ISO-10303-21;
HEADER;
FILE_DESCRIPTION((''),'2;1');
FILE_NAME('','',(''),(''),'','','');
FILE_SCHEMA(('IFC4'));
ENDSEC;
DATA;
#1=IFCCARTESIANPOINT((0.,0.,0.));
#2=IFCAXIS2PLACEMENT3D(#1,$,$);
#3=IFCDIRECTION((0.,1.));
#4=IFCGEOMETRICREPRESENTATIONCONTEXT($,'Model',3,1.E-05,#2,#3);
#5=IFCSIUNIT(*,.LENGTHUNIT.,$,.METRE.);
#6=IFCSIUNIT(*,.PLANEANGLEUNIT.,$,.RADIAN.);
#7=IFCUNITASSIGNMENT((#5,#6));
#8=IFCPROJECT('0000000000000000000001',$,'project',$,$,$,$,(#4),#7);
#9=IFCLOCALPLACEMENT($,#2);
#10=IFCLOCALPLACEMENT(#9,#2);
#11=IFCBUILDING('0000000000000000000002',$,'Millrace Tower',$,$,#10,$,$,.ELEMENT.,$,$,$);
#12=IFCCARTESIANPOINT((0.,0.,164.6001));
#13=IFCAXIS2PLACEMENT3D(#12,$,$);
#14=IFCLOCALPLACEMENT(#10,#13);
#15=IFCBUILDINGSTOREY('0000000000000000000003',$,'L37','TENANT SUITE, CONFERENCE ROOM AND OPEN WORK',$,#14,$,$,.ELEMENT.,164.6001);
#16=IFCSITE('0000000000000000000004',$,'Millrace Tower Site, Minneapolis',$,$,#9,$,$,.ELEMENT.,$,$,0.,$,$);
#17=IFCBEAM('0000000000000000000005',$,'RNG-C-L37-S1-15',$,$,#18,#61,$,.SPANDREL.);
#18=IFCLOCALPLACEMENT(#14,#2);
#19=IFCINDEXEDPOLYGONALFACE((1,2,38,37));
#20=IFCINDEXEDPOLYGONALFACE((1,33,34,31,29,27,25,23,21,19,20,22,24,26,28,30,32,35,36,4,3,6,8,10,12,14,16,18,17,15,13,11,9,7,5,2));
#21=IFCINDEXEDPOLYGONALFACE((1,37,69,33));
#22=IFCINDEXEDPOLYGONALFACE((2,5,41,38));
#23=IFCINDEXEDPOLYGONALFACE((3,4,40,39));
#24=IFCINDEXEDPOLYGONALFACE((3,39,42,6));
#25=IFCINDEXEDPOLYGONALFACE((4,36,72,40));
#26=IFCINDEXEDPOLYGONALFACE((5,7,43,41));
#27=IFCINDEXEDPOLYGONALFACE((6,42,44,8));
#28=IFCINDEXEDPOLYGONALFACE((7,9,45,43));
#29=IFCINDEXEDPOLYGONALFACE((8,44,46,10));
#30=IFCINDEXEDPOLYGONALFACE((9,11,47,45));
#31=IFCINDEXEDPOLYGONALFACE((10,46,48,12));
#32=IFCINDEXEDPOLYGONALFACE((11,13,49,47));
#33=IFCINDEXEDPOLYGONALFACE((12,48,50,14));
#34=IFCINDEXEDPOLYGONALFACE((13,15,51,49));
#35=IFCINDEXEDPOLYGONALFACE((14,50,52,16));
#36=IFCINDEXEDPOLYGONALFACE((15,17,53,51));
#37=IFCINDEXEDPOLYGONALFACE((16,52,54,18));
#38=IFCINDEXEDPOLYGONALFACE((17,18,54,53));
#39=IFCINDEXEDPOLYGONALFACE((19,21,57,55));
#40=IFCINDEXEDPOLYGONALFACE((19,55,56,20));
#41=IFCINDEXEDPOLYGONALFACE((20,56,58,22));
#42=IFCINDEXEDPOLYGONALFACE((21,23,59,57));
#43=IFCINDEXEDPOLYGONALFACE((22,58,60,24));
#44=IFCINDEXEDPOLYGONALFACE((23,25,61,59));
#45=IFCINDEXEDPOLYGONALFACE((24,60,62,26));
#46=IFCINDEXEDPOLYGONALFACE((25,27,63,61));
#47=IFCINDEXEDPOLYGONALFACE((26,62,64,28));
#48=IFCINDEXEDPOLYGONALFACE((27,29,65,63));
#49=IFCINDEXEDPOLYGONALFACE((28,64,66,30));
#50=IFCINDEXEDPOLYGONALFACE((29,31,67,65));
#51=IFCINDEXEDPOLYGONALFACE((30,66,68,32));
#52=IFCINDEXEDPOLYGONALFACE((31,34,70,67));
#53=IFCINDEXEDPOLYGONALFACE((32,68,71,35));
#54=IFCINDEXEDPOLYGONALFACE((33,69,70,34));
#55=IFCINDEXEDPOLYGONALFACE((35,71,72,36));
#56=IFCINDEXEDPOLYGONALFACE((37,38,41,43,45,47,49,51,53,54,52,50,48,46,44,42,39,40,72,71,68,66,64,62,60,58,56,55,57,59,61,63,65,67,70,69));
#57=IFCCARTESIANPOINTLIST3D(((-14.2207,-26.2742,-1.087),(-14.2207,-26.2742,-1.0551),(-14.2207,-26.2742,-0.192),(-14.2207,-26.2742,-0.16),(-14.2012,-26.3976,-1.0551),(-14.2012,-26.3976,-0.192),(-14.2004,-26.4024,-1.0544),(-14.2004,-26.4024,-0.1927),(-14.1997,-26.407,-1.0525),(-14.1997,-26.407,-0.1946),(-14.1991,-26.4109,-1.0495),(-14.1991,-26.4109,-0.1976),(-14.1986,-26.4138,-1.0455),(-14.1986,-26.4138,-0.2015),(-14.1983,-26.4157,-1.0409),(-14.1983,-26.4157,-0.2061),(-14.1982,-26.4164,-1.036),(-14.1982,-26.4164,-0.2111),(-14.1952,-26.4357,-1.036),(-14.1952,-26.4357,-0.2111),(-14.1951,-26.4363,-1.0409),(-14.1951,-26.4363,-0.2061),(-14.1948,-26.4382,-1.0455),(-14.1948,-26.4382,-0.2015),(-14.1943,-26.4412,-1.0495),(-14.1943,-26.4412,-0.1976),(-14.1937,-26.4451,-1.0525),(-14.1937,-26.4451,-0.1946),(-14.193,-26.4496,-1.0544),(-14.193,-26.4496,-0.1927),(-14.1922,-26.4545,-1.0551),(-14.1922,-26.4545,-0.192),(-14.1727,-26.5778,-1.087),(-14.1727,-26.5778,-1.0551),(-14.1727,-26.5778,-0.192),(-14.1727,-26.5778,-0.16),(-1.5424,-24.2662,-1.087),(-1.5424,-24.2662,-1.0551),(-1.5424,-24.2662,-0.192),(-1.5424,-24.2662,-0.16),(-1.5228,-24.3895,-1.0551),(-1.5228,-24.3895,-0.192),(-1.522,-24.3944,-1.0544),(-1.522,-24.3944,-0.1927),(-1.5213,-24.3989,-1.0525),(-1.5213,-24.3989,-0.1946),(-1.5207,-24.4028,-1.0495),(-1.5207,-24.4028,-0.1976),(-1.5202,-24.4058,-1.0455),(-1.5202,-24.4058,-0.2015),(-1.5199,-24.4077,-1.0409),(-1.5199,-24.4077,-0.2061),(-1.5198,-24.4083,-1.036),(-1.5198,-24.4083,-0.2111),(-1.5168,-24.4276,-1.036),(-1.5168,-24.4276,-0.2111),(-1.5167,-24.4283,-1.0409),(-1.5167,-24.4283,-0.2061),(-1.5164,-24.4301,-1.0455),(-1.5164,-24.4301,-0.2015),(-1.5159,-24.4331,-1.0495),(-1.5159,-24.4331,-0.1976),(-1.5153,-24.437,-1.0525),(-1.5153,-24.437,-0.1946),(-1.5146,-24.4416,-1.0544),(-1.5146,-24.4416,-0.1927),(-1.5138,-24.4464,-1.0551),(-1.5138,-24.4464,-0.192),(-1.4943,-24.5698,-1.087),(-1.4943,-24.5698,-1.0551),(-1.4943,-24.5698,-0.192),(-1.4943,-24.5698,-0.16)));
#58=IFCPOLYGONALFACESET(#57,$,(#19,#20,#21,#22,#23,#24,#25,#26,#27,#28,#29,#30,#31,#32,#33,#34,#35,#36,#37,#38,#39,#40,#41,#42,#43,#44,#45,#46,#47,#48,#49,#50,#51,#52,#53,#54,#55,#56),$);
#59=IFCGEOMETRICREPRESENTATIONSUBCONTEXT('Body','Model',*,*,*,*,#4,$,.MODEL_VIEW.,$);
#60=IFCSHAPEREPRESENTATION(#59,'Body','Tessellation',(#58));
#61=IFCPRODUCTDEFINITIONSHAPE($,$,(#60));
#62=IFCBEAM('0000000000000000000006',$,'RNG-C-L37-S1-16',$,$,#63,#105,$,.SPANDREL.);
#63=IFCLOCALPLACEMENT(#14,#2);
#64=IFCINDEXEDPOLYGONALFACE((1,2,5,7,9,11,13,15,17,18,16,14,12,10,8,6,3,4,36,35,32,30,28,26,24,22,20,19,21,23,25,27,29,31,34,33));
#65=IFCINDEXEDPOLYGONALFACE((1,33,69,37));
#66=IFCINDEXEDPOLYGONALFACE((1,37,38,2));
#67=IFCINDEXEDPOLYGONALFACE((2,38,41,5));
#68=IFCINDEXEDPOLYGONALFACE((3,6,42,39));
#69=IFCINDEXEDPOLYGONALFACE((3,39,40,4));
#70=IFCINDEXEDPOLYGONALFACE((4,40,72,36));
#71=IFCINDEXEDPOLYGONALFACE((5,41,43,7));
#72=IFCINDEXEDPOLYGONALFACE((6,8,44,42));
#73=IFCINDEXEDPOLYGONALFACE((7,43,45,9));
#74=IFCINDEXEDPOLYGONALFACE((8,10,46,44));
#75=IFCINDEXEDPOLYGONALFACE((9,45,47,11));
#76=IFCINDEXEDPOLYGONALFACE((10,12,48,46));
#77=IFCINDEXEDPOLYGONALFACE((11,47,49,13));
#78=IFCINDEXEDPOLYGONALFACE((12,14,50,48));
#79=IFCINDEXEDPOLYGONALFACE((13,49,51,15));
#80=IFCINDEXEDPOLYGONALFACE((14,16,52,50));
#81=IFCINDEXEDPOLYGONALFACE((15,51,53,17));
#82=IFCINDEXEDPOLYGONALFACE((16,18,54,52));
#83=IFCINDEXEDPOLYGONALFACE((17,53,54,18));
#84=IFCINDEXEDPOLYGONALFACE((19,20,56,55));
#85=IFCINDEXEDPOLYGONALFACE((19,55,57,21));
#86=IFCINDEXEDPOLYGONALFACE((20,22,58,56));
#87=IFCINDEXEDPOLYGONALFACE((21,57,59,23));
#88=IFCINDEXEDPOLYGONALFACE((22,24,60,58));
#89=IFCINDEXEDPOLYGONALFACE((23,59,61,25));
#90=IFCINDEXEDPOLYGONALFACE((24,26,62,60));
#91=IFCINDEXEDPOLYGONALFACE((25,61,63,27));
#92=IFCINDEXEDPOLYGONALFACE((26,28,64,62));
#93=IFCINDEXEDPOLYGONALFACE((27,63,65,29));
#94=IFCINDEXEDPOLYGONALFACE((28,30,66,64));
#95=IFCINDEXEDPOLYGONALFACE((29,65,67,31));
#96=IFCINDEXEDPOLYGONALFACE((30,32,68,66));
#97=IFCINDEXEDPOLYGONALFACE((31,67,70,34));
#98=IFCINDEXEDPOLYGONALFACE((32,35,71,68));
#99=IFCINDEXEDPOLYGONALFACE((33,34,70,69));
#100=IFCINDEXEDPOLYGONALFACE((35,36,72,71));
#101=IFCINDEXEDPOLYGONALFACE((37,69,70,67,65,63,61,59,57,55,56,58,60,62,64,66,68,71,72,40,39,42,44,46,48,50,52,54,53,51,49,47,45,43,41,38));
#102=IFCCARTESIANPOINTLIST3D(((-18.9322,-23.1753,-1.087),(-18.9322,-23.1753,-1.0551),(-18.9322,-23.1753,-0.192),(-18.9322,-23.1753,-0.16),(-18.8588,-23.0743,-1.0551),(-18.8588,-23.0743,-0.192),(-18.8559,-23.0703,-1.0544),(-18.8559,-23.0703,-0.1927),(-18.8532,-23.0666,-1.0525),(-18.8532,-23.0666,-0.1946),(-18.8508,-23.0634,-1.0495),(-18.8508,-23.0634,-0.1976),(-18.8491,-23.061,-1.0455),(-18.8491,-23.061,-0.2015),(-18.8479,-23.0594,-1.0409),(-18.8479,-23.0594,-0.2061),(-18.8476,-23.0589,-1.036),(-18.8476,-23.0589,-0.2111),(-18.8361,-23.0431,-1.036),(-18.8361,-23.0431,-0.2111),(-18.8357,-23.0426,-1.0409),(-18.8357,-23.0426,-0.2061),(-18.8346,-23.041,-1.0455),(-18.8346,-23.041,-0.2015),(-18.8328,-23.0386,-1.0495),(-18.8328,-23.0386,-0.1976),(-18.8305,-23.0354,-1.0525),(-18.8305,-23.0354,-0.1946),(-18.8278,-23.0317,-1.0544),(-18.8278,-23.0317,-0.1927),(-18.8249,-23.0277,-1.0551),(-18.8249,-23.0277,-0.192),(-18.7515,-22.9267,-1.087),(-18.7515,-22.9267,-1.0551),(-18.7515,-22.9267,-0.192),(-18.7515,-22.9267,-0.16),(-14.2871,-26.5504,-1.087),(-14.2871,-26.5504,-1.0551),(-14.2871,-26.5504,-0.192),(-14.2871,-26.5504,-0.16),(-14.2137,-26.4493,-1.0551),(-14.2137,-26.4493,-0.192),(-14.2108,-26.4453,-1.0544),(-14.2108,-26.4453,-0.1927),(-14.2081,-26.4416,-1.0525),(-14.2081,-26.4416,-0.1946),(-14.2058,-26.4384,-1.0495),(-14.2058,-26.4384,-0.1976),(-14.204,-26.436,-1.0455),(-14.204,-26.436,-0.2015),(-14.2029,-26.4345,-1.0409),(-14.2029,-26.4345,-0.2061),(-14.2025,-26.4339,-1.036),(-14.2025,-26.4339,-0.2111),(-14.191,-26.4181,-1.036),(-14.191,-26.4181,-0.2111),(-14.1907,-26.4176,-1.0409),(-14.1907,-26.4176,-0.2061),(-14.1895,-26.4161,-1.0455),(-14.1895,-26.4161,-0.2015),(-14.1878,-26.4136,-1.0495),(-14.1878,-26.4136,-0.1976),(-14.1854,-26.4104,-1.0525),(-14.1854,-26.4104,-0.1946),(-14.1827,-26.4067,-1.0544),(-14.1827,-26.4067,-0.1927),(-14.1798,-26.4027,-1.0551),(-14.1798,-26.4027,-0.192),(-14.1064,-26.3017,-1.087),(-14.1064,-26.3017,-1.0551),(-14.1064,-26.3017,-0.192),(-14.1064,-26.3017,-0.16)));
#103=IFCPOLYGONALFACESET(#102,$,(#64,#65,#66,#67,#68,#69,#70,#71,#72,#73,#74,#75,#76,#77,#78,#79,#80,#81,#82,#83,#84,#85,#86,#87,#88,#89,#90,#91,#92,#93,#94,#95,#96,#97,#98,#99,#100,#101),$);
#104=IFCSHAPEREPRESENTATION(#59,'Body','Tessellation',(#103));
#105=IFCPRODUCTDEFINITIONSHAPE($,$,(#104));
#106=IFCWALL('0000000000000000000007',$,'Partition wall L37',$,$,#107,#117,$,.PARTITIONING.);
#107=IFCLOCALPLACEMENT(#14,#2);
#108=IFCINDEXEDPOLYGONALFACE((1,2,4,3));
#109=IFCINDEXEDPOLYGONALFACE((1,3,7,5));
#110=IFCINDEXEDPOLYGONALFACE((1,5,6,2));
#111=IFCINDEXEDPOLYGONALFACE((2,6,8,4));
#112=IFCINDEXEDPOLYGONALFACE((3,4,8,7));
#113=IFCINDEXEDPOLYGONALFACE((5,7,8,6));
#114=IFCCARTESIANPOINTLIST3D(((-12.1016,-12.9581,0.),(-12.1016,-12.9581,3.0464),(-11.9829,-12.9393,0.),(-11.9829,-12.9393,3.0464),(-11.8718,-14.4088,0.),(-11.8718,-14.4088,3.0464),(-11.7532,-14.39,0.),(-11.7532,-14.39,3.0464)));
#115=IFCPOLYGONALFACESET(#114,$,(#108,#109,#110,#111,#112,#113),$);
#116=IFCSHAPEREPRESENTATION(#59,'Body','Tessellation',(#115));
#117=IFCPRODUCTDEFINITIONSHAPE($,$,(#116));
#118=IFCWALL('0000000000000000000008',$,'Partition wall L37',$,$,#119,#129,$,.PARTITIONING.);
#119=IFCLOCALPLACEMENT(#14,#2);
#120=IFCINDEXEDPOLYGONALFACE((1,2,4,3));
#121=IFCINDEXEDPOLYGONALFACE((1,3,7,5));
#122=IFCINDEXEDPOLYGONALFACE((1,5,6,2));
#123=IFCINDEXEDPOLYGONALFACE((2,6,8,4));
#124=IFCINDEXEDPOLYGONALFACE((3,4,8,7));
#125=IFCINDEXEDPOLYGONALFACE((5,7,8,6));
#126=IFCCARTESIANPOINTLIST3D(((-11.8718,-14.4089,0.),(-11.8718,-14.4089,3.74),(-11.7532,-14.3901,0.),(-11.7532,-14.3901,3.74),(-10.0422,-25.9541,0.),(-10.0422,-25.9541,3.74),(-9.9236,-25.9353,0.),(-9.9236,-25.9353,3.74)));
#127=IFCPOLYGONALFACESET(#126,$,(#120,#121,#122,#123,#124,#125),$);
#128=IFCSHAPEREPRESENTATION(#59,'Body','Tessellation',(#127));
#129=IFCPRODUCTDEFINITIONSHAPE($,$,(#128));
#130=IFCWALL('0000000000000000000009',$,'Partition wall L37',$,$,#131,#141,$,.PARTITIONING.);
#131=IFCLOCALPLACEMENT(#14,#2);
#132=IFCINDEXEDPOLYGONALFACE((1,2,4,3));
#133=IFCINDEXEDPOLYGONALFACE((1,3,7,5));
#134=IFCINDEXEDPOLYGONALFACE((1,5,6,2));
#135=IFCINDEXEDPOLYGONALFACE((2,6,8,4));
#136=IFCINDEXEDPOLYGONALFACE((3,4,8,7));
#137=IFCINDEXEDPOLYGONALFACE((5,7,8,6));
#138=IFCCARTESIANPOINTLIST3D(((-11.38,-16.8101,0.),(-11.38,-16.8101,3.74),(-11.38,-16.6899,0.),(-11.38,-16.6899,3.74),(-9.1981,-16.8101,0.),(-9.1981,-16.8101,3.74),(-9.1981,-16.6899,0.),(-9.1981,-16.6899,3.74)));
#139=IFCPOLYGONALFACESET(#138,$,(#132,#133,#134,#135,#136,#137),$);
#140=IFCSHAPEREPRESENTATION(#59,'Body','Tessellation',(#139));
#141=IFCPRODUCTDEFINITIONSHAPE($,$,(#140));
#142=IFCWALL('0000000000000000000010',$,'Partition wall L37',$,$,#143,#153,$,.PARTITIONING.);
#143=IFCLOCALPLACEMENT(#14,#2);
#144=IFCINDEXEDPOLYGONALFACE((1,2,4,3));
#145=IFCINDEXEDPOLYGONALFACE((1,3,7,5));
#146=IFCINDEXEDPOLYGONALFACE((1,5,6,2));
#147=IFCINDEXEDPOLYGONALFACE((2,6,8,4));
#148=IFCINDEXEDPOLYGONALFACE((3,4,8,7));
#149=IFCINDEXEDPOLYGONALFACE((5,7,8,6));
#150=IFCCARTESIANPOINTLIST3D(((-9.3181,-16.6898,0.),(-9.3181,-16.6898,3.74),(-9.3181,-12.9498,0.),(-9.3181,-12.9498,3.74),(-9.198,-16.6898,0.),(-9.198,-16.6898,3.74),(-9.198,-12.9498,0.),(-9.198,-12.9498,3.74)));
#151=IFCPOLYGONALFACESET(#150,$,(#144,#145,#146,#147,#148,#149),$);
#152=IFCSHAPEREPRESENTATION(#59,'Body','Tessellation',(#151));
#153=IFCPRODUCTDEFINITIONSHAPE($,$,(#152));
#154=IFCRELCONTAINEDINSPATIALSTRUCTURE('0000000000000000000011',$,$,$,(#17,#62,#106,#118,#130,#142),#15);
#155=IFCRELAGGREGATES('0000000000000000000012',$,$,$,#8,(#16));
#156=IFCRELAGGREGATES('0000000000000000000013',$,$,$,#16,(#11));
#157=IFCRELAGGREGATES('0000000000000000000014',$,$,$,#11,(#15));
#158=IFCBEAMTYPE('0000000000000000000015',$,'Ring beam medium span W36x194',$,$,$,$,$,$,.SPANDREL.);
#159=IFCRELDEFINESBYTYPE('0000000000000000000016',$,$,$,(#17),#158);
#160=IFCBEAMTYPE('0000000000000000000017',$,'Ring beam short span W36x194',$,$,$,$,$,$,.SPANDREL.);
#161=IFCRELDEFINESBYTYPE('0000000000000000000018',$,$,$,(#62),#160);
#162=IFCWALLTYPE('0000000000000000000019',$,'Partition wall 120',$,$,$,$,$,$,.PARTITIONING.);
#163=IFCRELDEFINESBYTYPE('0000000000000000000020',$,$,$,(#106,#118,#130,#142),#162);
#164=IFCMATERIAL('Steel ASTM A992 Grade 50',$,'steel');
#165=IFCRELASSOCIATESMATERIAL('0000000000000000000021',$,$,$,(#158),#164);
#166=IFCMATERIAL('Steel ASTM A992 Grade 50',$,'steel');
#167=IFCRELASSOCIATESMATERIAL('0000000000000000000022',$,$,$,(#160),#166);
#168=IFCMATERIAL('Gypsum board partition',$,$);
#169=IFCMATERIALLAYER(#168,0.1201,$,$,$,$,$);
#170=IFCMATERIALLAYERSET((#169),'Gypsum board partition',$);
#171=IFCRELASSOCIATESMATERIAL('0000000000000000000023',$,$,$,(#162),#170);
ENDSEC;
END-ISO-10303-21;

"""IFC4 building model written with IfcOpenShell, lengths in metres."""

from ifc_helpers import new_model, si_unit, direction, frame, frame_2d, origin, origin_2d, place, context, subcontext, project, spatial, rectangle, i_section, extrude, material, layer, layer_set, material_profile, profile_set, type_object, element, save


model = new_model("IFC4")

# Units and contexts
model_context = context("Model", 3, precision=1e-05, world=origin(), true_north=direction((0.0, 1.0)))
body_context = subcontext(model_context, "Body", "Model", "MODEL_VIEW")
ifc_project = project(units=[si_unit("LENGTHUNIT", "METRE"), si_unit("PLANEANGLEUNIT", "RADIAN")], contexts=[model_context])

# Site, building, storey
site_placement = place(None, origin())
site = spatial("IfcSite", under=ifc_project, at=site_placement, Name="Millrace Tower Site, Minneapolis", CompositionType="ELEMENT", RefElevation=0.0)
building_placement = place(site_placement, origin())
building = spatial("IfcBuilding", under=site, at=building_placement, Name="Millrace Tower", CompositionType="ELEMENT")
storey_placement = place(building_placement, frame((0.0, 0.0, 164.6001)))
storey = spatial("IfcBuildingStorey", under=building, at=storey_placement, Name="L37", Description="TENANT SUITE, CONFERENCE ROOM AND OPEN WORK", CompositionType="ELEMENT", Elevation=164.6001)

# Beams
ifc_material_1 = material(Name="Steel ASTM A992 Grade 50", Category="steel")
ifc_material_profile_1 = material_profile(ifc_material_1, i_section(OverallWidth=0.3074, OverallDepth=0.927, WebThickness=0.0195, FlangeThickness=0.032, FilletRadius=0.019, at=origin_2d()))
ifc_profile_set_1 = profile_set([ifc_material_profile_1], Name="Steel ASTM A992 Grade 50")
beam_type_1 = type_object("IfcBeamType", Name="Ring beam medium span W36x194", PredefinedType="SPANDREL", material=ifc_profile_set_1)
beam_1_placement = place(storey_placement, frame((-1.5183, -24.418, -0.6235), z_axis=(-0.987689, -0.156433, 0.0), x_axis=(0.156433, -0.987689, 0.0)))
element("IfcBeam", 1, at=beam_1_placement, inside=storey, type_object=beam_type_1, Name="RNG-C-L37-S1-15", PredefinedType="SPANDREL", context=body_context, shape_type="SweptSolid", body=[
    extrude(i_section(OverallWidth=0.3074, OverallDepth=0.927, WebThickness=0.0195, FlangeThickness=0.032, FilletRadius=0.019, at=origin_2d()), origin(), (0.0, 0.0, 1.0), 12.8364),
])
ifc_material_2 = material(Name="Steel ASTM A992 Grade 50", Category="steel")
ifc_material_profile_2 = material_profile(ifc_material_2, i_section(OverallWidth=0.3074, OverallDepth=0.927, WebThickness=0.0195, FlangeThickness=0.032, FilletRadius=0.019, at=origin_2d()))
ifc_profile_set_2 = profile_set([ifc_material_profile_2], Name="Steel ASTM A992 Grade 50")
beam_type_2 = type_object("IfcBeamType", Name="Ring beam short span W36x194", PredefinedType="SPANDREL", material=ifc_profile_set_2)
beam_2_placement = place(storey_placement, frame((-14.1968, -26.426, -0.6235), z_axis=(-0.809001, 0.587808, 0.0), x_axis=(-0.587808, -0.809001, 0.0)))
element("IfcBeam", 2, at=beam_2_placement, inside=storey, type_object=beam_type_2, Name="RNG-C-L37-S1-16", PredefinedType="SPANDREL", context=body_context, shape_type="SweptSolid", body=[
    extrude(i_section(OverallWidth=0.3074, OverallDepth=0.927, WebThickness=0.0195, FlangeThickness=0.032, FilletRadius=0.019, at=origin_2d()), origin(), (0.0, 0.0, 1.0), 5.7417),
])

# Walls
ifc_material_3 = material(Name="Gypsum board partition")
ifc_layer_1 = layer(ifc_material_3, 0.1201)
ifc_layer_set_1 = layer_set([ifc_layer_1], Name="Gypsum board partition")
wall_type = type_object("IfcWallType", Name="Partition wall 120", PredefinedType="PARTITIONING", material=ifc_layer_set_1)
wall_1_placement = place(storey_placement, frame((-12.0422, -12.9487, 0.0), z_axis=(0.0, 0.0, 1.0), x_axis=(0.156415, -0.987691, 0.0)))
element("IfcWall", 3, at=wall_1_placement, inside=storey, type_object=wall_type, Name="Partition wall L37", PredefinedType="PARTITIONING", context=body_context, shape_type="SweptSolid", body=[
    extrude(rectangle(XDim=1.4688, YDim=0.1201, at=frame_2d((0.7344, 0.0))), origin(), (0.0, 0.0, 1.0), 3.0464),
])
wall_2_placement = place(storey_placement, frame((-11.8125, -14.3994, 0.0), z_axis=(0.0, 0.0, 1.0), x_axis=(0.156519, -0.987675, 0.0)))
element("IfcWall", 4, at=wall_2_placement, inside=storey, type_object=wall_type, Name="Partition wall L37", PredefinedType="PARTITIONING", context=body_context, shape_type="SweptSolid", body=[
    extrude(rectangle(XDim=11.6892, YDim=0.1201, at=frame_2d((5.8447, 0.0))), origin(), (0.0, 0.0, 1.0), 3.74),
])
wall_3_placement = place(storey_placement, frame((-11.3799, -16.75, 0.0), z_axis=(0.0, 0.0, 1.0), x_axis=(1.0, 0.0, 0.0)))
element("IfcWall", 5, at=wall_3_placement, inside=storey, type_object=wall_type, Name="Partition wall L37", PredefinedType="PARTITIONING", context=body_context, shape_type="SweptSolid", body=[
    extrude(rectangle(XDim=2.1819, YDim=0.1201, at=frame_2d((1.0908, 0.0))), origin(), (0.0, 0.0, 1.0), 3.74),
])
wall_4_placement = place(storey_placement, frame((-9.2581, -16.6899, 0.0), z_axis=(0.0, 0.0, 1.0), x_axis=(0.0, 1.0, 0.0)))
element("IfcWall", 6, at=wall_4_placement, inside=storey, type_object=wall_type, Name="Partition wall L37", PredefinedType="PARTITIONING", context=body_context, shape_type="SweptSolid", body=[
    extrude(rectangle(XDim=3.74, YDim=0.1201, at=frame_2d((1.8701, 0.0))), origin(), (0.0, 0.0, 1.0), 3.74),
])

save(model, "model.ifc")
